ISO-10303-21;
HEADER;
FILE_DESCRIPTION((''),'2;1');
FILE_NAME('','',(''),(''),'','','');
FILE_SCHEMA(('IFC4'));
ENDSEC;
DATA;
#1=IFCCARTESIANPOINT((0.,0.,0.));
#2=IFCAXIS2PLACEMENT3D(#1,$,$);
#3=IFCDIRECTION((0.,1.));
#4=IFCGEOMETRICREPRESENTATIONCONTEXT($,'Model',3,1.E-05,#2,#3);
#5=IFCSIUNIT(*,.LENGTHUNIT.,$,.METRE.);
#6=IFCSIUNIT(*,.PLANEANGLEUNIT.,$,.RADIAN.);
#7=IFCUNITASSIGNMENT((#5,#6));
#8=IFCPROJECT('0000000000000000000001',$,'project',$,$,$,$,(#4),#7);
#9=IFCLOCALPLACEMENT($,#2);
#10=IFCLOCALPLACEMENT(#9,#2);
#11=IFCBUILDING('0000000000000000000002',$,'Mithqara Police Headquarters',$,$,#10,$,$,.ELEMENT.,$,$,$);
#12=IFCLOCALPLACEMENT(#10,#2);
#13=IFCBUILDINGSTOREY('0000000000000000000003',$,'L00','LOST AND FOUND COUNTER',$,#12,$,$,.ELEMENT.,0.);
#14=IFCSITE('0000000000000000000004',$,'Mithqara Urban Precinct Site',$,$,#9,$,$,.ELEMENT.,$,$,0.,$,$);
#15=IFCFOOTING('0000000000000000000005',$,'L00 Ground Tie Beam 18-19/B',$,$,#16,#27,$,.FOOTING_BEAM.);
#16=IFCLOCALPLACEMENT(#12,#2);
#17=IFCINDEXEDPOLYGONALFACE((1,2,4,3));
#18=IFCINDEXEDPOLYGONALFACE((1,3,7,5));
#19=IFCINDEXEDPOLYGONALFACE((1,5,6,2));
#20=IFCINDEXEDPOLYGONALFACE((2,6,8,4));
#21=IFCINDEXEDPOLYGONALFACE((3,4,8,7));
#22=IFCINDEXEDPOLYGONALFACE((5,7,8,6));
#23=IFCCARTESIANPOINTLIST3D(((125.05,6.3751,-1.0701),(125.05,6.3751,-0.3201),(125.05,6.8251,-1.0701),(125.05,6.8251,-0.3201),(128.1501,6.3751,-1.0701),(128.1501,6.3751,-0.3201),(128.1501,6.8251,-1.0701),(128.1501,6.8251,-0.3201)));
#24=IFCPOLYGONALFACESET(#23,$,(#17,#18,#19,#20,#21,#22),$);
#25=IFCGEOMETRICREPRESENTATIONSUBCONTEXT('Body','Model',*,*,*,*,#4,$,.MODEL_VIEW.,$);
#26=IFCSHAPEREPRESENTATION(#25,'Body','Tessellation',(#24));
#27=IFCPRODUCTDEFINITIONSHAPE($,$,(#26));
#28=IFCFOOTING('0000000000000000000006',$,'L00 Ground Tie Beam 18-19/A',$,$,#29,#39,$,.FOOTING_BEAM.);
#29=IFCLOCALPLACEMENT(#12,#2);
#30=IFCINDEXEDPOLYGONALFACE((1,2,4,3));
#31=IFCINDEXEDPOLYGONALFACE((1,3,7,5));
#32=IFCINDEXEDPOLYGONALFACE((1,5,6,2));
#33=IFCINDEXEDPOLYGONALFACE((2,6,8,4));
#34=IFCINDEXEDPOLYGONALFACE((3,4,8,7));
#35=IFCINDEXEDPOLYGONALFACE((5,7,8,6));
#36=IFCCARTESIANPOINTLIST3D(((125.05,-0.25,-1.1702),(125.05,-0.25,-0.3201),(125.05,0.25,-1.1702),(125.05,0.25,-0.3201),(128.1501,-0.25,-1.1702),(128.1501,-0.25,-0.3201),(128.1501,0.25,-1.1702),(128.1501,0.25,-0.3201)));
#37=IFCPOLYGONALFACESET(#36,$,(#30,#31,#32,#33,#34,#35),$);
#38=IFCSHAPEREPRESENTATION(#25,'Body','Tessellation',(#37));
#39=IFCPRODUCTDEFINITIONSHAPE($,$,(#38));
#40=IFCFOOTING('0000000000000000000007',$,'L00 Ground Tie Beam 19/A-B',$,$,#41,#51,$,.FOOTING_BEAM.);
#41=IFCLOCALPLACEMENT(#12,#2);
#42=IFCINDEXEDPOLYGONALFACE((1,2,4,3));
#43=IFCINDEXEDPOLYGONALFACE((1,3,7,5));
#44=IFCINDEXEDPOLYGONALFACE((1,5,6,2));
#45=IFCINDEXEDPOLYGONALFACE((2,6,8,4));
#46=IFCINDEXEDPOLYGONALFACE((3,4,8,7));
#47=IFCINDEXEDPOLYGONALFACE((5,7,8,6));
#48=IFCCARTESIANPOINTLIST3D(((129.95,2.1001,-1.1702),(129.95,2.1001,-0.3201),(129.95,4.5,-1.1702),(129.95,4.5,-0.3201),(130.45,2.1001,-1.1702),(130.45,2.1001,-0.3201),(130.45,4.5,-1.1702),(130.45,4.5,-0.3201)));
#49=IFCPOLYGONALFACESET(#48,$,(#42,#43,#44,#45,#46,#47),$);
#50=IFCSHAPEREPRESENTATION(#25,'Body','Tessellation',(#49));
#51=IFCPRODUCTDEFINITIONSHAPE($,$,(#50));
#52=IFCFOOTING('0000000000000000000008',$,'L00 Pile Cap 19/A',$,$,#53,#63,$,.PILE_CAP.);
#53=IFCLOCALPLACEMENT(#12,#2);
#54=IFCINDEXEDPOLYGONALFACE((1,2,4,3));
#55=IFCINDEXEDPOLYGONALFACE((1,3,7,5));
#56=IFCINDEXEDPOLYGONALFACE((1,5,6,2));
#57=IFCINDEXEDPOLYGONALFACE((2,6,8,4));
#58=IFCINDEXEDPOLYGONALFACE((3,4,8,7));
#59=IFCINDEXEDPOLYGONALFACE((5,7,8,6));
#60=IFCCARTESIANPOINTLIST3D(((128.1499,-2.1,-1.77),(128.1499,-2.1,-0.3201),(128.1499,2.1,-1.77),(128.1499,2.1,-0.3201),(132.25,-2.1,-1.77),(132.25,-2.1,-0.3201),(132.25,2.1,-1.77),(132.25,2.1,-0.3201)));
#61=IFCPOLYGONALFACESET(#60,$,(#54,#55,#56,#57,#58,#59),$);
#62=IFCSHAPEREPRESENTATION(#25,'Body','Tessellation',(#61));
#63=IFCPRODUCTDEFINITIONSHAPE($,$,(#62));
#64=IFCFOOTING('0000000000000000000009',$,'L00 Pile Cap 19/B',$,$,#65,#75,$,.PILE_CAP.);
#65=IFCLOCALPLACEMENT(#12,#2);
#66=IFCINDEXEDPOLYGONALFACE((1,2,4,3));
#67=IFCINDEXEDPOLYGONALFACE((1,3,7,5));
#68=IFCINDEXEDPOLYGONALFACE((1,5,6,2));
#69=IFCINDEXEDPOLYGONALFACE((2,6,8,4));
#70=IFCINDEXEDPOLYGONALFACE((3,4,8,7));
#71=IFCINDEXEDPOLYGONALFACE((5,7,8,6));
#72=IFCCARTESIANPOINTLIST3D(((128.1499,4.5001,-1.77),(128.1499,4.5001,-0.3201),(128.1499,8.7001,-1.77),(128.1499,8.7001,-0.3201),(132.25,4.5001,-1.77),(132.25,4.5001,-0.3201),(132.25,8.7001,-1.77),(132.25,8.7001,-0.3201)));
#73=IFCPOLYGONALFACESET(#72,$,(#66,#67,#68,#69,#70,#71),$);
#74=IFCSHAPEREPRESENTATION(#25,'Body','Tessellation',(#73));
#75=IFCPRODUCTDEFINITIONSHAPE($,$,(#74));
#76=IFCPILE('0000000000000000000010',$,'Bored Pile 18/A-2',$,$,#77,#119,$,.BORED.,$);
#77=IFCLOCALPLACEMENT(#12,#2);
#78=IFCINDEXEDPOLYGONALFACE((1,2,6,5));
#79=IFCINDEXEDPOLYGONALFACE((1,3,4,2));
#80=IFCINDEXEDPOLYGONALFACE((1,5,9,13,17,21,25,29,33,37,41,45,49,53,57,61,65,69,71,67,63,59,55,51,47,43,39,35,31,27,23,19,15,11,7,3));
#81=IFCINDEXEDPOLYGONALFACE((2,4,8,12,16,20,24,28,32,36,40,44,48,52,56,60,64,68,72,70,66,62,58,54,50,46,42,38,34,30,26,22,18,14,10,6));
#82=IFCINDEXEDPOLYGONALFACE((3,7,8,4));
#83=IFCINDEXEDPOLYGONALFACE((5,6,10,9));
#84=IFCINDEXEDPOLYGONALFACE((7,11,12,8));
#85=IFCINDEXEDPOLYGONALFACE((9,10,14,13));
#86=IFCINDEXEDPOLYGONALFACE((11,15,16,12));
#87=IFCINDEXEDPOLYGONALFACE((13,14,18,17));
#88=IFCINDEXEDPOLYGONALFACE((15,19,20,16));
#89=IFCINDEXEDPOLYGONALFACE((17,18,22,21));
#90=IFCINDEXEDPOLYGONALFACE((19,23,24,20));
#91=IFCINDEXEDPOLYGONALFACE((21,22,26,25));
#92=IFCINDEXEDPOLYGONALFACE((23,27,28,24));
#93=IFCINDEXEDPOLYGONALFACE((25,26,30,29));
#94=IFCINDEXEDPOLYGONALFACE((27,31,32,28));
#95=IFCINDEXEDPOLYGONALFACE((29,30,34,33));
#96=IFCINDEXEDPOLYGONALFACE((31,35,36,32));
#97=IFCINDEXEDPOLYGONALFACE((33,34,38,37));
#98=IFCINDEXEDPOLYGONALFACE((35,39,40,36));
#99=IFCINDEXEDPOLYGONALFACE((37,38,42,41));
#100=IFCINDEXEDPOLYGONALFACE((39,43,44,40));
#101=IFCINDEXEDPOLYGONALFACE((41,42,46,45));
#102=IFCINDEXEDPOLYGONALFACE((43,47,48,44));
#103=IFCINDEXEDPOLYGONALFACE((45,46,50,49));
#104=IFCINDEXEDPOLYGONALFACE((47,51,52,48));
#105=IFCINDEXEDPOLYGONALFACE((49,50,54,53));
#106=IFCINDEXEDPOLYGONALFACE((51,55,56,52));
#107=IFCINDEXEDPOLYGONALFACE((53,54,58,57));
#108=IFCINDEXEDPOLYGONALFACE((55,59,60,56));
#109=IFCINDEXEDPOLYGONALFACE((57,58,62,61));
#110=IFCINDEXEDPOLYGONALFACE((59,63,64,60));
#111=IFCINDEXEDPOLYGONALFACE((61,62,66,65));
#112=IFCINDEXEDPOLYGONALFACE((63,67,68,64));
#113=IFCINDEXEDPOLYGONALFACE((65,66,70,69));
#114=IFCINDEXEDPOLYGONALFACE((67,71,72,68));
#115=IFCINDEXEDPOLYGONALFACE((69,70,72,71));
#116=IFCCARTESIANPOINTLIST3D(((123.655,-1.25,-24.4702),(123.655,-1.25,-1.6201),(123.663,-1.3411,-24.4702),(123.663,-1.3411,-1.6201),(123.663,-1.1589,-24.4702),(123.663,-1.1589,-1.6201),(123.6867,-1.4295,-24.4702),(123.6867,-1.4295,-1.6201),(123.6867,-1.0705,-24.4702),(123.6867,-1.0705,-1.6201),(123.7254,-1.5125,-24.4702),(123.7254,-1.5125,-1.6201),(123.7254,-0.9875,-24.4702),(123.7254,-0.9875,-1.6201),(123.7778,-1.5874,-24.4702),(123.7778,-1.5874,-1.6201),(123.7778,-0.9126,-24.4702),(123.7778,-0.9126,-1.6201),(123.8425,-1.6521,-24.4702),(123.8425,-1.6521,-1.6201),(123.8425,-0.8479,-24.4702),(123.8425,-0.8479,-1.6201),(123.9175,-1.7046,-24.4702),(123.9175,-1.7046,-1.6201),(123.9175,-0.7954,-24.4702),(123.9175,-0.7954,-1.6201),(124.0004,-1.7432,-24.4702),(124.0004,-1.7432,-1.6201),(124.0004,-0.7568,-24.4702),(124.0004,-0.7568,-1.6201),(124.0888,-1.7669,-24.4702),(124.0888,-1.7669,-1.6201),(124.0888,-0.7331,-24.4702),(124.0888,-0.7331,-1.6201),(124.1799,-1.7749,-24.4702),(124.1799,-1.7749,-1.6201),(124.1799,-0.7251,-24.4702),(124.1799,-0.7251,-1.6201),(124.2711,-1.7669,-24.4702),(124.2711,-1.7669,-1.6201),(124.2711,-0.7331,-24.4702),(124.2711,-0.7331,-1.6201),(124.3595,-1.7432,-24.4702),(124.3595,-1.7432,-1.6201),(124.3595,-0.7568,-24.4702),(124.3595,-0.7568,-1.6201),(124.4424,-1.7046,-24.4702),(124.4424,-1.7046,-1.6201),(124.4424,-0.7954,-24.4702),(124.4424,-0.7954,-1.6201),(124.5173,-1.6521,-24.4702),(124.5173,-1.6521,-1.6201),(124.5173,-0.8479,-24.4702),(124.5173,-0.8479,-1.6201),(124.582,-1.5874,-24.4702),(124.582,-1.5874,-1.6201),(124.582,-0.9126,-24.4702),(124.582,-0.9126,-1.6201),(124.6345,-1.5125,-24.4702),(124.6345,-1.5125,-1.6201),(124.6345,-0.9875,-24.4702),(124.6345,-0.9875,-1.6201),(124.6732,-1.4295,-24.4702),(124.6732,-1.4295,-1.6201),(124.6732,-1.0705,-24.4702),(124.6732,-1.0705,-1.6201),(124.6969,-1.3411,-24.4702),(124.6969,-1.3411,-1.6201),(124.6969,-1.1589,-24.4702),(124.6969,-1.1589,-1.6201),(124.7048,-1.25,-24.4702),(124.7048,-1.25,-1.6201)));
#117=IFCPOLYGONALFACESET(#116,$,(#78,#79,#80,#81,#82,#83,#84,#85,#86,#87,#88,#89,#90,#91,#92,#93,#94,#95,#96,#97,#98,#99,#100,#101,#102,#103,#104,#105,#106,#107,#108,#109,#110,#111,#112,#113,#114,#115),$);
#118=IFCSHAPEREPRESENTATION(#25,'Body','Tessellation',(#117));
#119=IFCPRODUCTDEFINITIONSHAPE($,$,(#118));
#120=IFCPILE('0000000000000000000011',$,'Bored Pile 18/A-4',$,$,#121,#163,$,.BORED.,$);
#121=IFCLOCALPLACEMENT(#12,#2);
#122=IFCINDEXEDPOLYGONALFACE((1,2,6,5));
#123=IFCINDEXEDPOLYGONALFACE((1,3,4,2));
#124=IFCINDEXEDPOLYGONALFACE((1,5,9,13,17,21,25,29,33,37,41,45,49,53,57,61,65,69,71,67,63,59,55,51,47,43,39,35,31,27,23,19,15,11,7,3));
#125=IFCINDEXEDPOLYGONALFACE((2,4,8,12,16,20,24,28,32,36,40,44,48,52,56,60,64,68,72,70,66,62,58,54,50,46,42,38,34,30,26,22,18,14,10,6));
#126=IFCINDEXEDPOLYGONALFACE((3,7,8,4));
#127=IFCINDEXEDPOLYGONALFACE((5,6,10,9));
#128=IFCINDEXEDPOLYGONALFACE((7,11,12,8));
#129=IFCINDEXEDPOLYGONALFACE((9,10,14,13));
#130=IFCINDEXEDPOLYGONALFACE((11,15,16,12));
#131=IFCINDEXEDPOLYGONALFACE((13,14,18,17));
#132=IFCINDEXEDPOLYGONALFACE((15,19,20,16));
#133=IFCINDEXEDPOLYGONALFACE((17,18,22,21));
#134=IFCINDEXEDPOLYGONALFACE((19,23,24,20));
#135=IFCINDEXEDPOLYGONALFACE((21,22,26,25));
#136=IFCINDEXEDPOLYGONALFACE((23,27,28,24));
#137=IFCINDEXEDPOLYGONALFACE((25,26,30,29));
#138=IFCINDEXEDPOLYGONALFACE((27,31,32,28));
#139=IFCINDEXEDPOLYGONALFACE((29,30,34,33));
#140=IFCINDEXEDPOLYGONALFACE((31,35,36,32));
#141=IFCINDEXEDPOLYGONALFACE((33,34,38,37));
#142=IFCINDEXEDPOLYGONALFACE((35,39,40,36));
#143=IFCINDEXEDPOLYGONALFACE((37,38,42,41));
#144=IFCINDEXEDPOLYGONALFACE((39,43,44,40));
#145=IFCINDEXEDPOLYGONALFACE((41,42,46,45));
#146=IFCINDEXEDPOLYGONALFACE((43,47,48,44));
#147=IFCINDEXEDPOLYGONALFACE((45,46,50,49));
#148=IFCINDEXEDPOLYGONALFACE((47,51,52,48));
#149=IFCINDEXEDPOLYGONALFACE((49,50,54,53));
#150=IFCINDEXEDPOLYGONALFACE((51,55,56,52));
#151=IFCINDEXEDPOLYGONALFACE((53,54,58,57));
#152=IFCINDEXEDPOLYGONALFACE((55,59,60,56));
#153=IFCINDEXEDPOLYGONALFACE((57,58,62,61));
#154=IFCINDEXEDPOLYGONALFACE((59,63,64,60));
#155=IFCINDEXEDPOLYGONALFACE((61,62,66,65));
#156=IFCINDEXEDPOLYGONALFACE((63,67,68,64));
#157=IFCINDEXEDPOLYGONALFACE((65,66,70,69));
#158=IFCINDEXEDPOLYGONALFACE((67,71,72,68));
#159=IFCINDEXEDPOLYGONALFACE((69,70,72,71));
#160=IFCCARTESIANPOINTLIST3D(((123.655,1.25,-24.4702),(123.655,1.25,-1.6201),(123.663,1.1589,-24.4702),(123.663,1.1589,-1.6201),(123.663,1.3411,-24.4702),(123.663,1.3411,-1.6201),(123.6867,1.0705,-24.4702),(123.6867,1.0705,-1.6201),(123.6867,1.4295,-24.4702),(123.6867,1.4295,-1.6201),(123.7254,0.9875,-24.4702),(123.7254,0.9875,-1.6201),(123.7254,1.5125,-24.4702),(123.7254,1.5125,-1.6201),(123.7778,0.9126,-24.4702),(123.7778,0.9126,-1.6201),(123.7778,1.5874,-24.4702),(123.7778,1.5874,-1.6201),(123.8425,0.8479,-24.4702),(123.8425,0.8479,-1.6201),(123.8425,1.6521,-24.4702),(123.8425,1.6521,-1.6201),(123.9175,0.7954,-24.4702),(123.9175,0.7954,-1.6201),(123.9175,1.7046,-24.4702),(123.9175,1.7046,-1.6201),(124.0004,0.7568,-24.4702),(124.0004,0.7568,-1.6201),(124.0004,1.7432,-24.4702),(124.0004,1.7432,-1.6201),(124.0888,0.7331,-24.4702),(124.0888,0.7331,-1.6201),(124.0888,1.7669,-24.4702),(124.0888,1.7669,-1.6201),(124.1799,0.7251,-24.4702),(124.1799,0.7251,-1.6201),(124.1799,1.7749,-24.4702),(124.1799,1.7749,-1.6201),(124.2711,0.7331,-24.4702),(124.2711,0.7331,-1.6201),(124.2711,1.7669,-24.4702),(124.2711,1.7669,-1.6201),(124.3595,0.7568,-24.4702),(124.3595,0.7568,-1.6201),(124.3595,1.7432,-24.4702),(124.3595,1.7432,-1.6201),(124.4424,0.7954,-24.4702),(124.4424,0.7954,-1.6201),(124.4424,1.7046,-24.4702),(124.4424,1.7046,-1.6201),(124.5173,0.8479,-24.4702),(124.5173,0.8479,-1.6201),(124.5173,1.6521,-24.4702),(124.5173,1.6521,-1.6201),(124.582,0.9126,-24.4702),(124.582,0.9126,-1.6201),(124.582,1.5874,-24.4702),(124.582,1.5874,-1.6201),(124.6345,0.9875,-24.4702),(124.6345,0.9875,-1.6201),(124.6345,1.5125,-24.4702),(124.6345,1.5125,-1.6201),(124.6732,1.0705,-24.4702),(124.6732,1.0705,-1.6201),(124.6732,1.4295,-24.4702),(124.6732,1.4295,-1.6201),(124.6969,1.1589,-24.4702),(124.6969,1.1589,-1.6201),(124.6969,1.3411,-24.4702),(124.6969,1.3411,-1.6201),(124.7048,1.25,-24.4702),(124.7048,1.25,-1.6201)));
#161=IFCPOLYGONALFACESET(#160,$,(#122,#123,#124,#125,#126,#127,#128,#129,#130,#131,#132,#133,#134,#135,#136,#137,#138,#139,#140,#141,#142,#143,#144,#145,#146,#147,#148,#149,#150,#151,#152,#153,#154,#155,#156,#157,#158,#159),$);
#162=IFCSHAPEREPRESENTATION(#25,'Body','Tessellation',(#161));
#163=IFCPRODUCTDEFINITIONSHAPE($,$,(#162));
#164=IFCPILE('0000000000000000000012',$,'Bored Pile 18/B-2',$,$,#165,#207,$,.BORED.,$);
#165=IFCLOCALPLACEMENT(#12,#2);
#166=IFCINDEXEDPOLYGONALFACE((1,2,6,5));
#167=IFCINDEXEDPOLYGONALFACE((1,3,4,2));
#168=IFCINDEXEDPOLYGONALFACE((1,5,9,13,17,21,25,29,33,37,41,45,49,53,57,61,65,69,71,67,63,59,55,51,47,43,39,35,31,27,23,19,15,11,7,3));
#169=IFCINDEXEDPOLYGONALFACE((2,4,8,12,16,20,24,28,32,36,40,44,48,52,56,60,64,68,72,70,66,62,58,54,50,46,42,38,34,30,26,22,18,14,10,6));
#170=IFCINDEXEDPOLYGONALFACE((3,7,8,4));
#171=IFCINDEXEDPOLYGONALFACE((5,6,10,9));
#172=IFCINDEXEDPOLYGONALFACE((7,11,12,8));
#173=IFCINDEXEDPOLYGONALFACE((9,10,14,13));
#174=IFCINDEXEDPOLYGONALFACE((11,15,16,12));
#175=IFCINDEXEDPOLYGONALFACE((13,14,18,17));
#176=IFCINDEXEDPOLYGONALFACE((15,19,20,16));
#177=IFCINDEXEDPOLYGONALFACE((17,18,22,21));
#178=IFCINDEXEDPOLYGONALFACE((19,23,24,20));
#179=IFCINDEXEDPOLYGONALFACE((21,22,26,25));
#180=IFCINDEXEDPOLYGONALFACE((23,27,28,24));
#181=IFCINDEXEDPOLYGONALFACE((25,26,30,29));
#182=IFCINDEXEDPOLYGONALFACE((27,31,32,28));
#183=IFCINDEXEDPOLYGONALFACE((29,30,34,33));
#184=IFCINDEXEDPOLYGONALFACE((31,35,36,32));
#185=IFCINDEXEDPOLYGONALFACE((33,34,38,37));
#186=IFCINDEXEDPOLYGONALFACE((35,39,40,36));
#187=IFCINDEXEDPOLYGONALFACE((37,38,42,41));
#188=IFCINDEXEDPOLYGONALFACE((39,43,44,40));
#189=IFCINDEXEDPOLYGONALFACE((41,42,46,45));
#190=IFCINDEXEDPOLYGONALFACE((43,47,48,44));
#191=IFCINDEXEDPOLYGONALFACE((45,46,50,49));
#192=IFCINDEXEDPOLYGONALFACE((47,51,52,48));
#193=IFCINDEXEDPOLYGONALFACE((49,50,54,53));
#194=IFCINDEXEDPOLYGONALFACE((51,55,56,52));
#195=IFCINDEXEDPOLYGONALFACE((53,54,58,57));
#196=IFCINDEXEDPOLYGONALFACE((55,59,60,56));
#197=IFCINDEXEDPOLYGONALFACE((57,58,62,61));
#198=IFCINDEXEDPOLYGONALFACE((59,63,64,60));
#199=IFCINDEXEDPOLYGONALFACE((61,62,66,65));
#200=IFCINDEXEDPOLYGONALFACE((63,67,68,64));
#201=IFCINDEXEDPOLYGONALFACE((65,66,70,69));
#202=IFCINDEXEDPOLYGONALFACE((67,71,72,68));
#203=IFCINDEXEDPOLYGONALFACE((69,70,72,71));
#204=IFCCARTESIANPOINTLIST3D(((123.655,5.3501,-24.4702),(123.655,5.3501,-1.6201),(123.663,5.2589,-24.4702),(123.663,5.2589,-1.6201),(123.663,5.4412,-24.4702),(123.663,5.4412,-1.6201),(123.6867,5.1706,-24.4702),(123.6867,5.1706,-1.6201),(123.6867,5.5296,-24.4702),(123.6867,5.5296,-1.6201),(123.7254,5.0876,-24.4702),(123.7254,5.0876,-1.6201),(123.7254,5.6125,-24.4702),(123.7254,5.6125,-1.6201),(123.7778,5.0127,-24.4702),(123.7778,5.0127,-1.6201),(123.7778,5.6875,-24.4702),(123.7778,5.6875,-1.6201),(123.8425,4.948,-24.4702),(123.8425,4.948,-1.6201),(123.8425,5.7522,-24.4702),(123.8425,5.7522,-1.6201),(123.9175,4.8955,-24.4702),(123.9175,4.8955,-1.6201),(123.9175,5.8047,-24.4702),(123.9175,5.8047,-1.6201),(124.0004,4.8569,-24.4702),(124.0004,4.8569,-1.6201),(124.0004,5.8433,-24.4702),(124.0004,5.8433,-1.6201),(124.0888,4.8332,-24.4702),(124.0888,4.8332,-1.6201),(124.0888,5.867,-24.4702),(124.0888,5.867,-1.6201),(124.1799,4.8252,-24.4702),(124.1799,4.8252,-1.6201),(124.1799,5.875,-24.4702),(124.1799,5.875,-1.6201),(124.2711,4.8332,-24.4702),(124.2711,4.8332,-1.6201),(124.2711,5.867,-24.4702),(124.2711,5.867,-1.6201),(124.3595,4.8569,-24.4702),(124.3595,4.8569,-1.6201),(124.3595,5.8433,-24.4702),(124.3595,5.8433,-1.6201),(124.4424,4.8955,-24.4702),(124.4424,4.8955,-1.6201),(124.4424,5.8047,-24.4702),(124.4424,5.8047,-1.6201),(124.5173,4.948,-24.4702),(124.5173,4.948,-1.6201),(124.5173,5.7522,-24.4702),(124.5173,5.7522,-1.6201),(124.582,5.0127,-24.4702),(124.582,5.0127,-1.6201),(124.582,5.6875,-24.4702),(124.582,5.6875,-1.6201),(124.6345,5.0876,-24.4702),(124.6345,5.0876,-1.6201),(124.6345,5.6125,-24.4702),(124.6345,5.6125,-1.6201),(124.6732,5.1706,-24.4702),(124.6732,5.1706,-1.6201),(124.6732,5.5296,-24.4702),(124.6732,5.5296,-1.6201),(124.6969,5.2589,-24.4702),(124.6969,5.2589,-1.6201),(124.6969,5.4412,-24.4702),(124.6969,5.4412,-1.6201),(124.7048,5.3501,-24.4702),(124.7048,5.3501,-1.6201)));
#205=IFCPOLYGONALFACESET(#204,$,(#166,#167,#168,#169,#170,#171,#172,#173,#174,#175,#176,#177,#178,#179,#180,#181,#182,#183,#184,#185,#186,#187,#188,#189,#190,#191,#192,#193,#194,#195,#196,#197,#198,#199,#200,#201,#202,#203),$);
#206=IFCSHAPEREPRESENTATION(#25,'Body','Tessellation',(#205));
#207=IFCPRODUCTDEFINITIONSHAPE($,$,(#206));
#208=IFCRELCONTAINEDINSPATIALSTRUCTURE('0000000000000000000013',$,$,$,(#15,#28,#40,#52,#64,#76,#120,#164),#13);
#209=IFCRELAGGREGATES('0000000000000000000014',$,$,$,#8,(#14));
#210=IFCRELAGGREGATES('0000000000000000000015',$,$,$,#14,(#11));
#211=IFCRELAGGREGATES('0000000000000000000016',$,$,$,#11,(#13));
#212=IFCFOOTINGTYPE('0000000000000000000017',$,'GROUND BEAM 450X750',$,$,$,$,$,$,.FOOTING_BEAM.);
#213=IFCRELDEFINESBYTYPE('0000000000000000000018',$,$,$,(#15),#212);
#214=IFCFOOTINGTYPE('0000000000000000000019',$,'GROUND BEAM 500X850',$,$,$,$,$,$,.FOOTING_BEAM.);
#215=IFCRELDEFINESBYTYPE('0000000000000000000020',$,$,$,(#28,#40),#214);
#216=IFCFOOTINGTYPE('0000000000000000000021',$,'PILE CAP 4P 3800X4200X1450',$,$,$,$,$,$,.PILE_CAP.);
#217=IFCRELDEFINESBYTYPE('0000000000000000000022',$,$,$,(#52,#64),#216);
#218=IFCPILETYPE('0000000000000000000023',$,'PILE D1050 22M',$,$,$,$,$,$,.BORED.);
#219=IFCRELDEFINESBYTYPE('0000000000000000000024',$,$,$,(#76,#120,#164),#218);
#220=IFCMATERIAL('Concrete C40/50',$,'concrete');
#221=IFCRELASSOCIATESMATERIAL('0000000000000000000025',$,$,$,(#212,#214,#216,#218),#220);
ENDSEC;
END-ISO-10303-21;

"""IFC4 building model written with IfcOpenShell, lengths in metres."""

from ifc_helpers import new_model, si_unit, direction, frame, origin, origin_2d, place, context, subcontext, project, spatial, rectangle, circle, extrude, material, material_profile, profile_set, type_object, element, save


model = new_model("IFC4")

# Units and contexts
model_context = context("Model", 3, precision=1e-05, world=origin(), true_north=direction((0.0, 1.0)))
body_context = subcontext(model_context, "Body", "Model", "MODEL_VIEW")
ifc_project = project(units=[si_unit("LENGTHUNIT", "METRE"), si_unit("PLANEANGLEUNIT", "RADIAN")], contexts=[model_context])

# Site, building, storey
site_placement = place(None, origin())
site = spatial("IfcSite", under=ifc_project, at=site_placement, Name="Mithqara Urban Precinct Site", CompositionType="ELEMENT", RefElevation=0.0)
building_placement = place(site_placement, origin())
building = spatial("IfcBuilding", under=site, at=building_placement, Name="Mithqara Police Headquarters", CompositionType="ELEMENT")
storey_placement = place(building_placement, origin())
storey = spatial("IfcBuildingStorey", under=building, at=storey_placement, Name="L00", Description="LOST AND FOUND COUNTER", CompositionType="ELEMENT", Elevation=0.0)

# Footings
ifc_material_1 = material(Name="Concrete C40/50", Category="concrete")
footing_type_1 = type_object("IfcFootingType", Name="GROUND BEAM 450X750", PredefinedType="FOOTING_BEAM", material=ifc_material_1)
footing_1_placement = place(storey_placement, frame((126.6001, 6.6001, -1.0701), z_axis=(0.0, 0.0, 1.0), x_axis=(1.0, 0.0, 0.0)))
element("IfcFooting", 1, at=footing_1_placement, inside=storey, type_object=footing_type_1, Name="L00 Ground Tie Beam 18-19/B", PredefinedType="FOOTING_BEAM", context=body_context, shape_type="SweptSolid", body=[
    extrude(rectangle(XDim=3.1001, YDim=0.45, at=origin_2d()), origin(), (0.0, 0.0, 1.0), 0.75),
])
footing_type_2 = type_object("IfcFootingType", Name="GROUND BEAM 500X850", PredefinedType="FOOTING_BEAM", material=ifc_material_1)
footing_2_placement = place(storey_placement, frame((126.6001, 0.0, -1.1702), z_axis=(0.0, 0.0, 1.0), x_axis=(1.0, 0.0, 0.0)))
element("IfcFooting", 2, at=footing_2_placement, inside=storey, type_object=footing_type_2, Name="L00 Ground Tie Beam 18-19/A", PredefinedType="FOOTING_BEAM", context=body_context, shape_type="SweptSolid", body=[
    extrude(rectangle(XDim=3.1001, YDim=0.5, at=origin_2d()), origin(), (0.0, 0.0, 1.0), 0.8501),
])
footing_3_placement = place(storey_placement, frame((130.2, 3.3, -1.1702), z_axis=(0.0, 0.0, 1.0), x_axis=(1.0, 0.0, 0.0)))
element("IfcFooting", 3, at=footing_3_placement, inside=storey, type_object=footing_type_2, Name="L00 Ground Tie Beam 19/A-B", PredefinedType="FOOTING_BEAM", context=body_context, shape_type="SweptSolid", body=[
    extrude(rectangle(XDim=0.5, YDim=2.3999, at=origin_2d()), origin(), (0.0, 0.0, 1.0), 0.8501),
])
footing_type_3 = type_object("IfcFootingType", Name="PILE CAP 4P 3800X4200X1450", PredefinedType="PILE_CAP", material=ifc_material_1)
for number, where, z_axis, x_axis, name in (
    (4, (130.2, 0.0, -1.77), (0.0, 0.0, 1.0), (1.0, 0.0, 0.0), "L00 Pile Cap 19/A"),
    (5, (130.2, 6.6001, -1.77), (0.0, 0.0, 1.0), (1.0, 0.0, 0.0), "L00 Pile Cap 19/B"),
):
    element("IfcFooting", number, at=place(storey_placement, frame(where, z_axis=z_axis, x_axis=x_axis)), inside=storey, type_object=footing_type_3, Name=name, PredefinedType="PILE_CAP", context=body_context, shape_type="SweptSolid", body=[
        extrude(rectangle(XDim=4.1001, YDim=4.2, at=origin_2d()), origin(), (0.0, 0.0, 1.0), 1.45),
    ])

# Piles
ifc_material_profile_1 = material_profile(ifc_material_1, circle(Radius=0.5249, at=origin_2d()), Name="PILE D1050")
ifc_profile_set_1 = profile_set([ifc_material_profile_1], Name="Concrete C40/50")
pile_type = type_object("IfcPileType", Name="PILE D1050 22M", PredefinedType="BORED", material=ifc_profile_set_1)
for number, where, z_axis, x_axis, name in (
    (6, (124.1799, -1.25, -1.6201), (0.0, 0.0, -1.0), (1.0, 0.0, 0.0), "Bored Pile 18/A-2"),
    (7, (124.1799, 1.25, -1.6201), (0.0, 0.0, -1.0), (1.0, 0.0, 0.0), "Bored Pile 18/A-4"),
    (8, (124.1799, 5.3501, -1.6201), (0.0, 0.0, -1.0), (1.0, 0.0, 0.0), "Bored Pile 18/B-2"),
):
    element("IfcPile", number, at=place(storey_placement, frame(where, z_axis=z_axis, x_axis=x_axis)), inside=storey, type_object=pile_type, Name=name, PredefinedType="BORED", context=body_context, shape_type="SweptSolid", body=[
        extrude(circle(Radius=0.5249, at=origin_2d()), origin(), (0.0, 0.0, 1.0), 22.8501),
    ])

save(model, "model.ifc")
